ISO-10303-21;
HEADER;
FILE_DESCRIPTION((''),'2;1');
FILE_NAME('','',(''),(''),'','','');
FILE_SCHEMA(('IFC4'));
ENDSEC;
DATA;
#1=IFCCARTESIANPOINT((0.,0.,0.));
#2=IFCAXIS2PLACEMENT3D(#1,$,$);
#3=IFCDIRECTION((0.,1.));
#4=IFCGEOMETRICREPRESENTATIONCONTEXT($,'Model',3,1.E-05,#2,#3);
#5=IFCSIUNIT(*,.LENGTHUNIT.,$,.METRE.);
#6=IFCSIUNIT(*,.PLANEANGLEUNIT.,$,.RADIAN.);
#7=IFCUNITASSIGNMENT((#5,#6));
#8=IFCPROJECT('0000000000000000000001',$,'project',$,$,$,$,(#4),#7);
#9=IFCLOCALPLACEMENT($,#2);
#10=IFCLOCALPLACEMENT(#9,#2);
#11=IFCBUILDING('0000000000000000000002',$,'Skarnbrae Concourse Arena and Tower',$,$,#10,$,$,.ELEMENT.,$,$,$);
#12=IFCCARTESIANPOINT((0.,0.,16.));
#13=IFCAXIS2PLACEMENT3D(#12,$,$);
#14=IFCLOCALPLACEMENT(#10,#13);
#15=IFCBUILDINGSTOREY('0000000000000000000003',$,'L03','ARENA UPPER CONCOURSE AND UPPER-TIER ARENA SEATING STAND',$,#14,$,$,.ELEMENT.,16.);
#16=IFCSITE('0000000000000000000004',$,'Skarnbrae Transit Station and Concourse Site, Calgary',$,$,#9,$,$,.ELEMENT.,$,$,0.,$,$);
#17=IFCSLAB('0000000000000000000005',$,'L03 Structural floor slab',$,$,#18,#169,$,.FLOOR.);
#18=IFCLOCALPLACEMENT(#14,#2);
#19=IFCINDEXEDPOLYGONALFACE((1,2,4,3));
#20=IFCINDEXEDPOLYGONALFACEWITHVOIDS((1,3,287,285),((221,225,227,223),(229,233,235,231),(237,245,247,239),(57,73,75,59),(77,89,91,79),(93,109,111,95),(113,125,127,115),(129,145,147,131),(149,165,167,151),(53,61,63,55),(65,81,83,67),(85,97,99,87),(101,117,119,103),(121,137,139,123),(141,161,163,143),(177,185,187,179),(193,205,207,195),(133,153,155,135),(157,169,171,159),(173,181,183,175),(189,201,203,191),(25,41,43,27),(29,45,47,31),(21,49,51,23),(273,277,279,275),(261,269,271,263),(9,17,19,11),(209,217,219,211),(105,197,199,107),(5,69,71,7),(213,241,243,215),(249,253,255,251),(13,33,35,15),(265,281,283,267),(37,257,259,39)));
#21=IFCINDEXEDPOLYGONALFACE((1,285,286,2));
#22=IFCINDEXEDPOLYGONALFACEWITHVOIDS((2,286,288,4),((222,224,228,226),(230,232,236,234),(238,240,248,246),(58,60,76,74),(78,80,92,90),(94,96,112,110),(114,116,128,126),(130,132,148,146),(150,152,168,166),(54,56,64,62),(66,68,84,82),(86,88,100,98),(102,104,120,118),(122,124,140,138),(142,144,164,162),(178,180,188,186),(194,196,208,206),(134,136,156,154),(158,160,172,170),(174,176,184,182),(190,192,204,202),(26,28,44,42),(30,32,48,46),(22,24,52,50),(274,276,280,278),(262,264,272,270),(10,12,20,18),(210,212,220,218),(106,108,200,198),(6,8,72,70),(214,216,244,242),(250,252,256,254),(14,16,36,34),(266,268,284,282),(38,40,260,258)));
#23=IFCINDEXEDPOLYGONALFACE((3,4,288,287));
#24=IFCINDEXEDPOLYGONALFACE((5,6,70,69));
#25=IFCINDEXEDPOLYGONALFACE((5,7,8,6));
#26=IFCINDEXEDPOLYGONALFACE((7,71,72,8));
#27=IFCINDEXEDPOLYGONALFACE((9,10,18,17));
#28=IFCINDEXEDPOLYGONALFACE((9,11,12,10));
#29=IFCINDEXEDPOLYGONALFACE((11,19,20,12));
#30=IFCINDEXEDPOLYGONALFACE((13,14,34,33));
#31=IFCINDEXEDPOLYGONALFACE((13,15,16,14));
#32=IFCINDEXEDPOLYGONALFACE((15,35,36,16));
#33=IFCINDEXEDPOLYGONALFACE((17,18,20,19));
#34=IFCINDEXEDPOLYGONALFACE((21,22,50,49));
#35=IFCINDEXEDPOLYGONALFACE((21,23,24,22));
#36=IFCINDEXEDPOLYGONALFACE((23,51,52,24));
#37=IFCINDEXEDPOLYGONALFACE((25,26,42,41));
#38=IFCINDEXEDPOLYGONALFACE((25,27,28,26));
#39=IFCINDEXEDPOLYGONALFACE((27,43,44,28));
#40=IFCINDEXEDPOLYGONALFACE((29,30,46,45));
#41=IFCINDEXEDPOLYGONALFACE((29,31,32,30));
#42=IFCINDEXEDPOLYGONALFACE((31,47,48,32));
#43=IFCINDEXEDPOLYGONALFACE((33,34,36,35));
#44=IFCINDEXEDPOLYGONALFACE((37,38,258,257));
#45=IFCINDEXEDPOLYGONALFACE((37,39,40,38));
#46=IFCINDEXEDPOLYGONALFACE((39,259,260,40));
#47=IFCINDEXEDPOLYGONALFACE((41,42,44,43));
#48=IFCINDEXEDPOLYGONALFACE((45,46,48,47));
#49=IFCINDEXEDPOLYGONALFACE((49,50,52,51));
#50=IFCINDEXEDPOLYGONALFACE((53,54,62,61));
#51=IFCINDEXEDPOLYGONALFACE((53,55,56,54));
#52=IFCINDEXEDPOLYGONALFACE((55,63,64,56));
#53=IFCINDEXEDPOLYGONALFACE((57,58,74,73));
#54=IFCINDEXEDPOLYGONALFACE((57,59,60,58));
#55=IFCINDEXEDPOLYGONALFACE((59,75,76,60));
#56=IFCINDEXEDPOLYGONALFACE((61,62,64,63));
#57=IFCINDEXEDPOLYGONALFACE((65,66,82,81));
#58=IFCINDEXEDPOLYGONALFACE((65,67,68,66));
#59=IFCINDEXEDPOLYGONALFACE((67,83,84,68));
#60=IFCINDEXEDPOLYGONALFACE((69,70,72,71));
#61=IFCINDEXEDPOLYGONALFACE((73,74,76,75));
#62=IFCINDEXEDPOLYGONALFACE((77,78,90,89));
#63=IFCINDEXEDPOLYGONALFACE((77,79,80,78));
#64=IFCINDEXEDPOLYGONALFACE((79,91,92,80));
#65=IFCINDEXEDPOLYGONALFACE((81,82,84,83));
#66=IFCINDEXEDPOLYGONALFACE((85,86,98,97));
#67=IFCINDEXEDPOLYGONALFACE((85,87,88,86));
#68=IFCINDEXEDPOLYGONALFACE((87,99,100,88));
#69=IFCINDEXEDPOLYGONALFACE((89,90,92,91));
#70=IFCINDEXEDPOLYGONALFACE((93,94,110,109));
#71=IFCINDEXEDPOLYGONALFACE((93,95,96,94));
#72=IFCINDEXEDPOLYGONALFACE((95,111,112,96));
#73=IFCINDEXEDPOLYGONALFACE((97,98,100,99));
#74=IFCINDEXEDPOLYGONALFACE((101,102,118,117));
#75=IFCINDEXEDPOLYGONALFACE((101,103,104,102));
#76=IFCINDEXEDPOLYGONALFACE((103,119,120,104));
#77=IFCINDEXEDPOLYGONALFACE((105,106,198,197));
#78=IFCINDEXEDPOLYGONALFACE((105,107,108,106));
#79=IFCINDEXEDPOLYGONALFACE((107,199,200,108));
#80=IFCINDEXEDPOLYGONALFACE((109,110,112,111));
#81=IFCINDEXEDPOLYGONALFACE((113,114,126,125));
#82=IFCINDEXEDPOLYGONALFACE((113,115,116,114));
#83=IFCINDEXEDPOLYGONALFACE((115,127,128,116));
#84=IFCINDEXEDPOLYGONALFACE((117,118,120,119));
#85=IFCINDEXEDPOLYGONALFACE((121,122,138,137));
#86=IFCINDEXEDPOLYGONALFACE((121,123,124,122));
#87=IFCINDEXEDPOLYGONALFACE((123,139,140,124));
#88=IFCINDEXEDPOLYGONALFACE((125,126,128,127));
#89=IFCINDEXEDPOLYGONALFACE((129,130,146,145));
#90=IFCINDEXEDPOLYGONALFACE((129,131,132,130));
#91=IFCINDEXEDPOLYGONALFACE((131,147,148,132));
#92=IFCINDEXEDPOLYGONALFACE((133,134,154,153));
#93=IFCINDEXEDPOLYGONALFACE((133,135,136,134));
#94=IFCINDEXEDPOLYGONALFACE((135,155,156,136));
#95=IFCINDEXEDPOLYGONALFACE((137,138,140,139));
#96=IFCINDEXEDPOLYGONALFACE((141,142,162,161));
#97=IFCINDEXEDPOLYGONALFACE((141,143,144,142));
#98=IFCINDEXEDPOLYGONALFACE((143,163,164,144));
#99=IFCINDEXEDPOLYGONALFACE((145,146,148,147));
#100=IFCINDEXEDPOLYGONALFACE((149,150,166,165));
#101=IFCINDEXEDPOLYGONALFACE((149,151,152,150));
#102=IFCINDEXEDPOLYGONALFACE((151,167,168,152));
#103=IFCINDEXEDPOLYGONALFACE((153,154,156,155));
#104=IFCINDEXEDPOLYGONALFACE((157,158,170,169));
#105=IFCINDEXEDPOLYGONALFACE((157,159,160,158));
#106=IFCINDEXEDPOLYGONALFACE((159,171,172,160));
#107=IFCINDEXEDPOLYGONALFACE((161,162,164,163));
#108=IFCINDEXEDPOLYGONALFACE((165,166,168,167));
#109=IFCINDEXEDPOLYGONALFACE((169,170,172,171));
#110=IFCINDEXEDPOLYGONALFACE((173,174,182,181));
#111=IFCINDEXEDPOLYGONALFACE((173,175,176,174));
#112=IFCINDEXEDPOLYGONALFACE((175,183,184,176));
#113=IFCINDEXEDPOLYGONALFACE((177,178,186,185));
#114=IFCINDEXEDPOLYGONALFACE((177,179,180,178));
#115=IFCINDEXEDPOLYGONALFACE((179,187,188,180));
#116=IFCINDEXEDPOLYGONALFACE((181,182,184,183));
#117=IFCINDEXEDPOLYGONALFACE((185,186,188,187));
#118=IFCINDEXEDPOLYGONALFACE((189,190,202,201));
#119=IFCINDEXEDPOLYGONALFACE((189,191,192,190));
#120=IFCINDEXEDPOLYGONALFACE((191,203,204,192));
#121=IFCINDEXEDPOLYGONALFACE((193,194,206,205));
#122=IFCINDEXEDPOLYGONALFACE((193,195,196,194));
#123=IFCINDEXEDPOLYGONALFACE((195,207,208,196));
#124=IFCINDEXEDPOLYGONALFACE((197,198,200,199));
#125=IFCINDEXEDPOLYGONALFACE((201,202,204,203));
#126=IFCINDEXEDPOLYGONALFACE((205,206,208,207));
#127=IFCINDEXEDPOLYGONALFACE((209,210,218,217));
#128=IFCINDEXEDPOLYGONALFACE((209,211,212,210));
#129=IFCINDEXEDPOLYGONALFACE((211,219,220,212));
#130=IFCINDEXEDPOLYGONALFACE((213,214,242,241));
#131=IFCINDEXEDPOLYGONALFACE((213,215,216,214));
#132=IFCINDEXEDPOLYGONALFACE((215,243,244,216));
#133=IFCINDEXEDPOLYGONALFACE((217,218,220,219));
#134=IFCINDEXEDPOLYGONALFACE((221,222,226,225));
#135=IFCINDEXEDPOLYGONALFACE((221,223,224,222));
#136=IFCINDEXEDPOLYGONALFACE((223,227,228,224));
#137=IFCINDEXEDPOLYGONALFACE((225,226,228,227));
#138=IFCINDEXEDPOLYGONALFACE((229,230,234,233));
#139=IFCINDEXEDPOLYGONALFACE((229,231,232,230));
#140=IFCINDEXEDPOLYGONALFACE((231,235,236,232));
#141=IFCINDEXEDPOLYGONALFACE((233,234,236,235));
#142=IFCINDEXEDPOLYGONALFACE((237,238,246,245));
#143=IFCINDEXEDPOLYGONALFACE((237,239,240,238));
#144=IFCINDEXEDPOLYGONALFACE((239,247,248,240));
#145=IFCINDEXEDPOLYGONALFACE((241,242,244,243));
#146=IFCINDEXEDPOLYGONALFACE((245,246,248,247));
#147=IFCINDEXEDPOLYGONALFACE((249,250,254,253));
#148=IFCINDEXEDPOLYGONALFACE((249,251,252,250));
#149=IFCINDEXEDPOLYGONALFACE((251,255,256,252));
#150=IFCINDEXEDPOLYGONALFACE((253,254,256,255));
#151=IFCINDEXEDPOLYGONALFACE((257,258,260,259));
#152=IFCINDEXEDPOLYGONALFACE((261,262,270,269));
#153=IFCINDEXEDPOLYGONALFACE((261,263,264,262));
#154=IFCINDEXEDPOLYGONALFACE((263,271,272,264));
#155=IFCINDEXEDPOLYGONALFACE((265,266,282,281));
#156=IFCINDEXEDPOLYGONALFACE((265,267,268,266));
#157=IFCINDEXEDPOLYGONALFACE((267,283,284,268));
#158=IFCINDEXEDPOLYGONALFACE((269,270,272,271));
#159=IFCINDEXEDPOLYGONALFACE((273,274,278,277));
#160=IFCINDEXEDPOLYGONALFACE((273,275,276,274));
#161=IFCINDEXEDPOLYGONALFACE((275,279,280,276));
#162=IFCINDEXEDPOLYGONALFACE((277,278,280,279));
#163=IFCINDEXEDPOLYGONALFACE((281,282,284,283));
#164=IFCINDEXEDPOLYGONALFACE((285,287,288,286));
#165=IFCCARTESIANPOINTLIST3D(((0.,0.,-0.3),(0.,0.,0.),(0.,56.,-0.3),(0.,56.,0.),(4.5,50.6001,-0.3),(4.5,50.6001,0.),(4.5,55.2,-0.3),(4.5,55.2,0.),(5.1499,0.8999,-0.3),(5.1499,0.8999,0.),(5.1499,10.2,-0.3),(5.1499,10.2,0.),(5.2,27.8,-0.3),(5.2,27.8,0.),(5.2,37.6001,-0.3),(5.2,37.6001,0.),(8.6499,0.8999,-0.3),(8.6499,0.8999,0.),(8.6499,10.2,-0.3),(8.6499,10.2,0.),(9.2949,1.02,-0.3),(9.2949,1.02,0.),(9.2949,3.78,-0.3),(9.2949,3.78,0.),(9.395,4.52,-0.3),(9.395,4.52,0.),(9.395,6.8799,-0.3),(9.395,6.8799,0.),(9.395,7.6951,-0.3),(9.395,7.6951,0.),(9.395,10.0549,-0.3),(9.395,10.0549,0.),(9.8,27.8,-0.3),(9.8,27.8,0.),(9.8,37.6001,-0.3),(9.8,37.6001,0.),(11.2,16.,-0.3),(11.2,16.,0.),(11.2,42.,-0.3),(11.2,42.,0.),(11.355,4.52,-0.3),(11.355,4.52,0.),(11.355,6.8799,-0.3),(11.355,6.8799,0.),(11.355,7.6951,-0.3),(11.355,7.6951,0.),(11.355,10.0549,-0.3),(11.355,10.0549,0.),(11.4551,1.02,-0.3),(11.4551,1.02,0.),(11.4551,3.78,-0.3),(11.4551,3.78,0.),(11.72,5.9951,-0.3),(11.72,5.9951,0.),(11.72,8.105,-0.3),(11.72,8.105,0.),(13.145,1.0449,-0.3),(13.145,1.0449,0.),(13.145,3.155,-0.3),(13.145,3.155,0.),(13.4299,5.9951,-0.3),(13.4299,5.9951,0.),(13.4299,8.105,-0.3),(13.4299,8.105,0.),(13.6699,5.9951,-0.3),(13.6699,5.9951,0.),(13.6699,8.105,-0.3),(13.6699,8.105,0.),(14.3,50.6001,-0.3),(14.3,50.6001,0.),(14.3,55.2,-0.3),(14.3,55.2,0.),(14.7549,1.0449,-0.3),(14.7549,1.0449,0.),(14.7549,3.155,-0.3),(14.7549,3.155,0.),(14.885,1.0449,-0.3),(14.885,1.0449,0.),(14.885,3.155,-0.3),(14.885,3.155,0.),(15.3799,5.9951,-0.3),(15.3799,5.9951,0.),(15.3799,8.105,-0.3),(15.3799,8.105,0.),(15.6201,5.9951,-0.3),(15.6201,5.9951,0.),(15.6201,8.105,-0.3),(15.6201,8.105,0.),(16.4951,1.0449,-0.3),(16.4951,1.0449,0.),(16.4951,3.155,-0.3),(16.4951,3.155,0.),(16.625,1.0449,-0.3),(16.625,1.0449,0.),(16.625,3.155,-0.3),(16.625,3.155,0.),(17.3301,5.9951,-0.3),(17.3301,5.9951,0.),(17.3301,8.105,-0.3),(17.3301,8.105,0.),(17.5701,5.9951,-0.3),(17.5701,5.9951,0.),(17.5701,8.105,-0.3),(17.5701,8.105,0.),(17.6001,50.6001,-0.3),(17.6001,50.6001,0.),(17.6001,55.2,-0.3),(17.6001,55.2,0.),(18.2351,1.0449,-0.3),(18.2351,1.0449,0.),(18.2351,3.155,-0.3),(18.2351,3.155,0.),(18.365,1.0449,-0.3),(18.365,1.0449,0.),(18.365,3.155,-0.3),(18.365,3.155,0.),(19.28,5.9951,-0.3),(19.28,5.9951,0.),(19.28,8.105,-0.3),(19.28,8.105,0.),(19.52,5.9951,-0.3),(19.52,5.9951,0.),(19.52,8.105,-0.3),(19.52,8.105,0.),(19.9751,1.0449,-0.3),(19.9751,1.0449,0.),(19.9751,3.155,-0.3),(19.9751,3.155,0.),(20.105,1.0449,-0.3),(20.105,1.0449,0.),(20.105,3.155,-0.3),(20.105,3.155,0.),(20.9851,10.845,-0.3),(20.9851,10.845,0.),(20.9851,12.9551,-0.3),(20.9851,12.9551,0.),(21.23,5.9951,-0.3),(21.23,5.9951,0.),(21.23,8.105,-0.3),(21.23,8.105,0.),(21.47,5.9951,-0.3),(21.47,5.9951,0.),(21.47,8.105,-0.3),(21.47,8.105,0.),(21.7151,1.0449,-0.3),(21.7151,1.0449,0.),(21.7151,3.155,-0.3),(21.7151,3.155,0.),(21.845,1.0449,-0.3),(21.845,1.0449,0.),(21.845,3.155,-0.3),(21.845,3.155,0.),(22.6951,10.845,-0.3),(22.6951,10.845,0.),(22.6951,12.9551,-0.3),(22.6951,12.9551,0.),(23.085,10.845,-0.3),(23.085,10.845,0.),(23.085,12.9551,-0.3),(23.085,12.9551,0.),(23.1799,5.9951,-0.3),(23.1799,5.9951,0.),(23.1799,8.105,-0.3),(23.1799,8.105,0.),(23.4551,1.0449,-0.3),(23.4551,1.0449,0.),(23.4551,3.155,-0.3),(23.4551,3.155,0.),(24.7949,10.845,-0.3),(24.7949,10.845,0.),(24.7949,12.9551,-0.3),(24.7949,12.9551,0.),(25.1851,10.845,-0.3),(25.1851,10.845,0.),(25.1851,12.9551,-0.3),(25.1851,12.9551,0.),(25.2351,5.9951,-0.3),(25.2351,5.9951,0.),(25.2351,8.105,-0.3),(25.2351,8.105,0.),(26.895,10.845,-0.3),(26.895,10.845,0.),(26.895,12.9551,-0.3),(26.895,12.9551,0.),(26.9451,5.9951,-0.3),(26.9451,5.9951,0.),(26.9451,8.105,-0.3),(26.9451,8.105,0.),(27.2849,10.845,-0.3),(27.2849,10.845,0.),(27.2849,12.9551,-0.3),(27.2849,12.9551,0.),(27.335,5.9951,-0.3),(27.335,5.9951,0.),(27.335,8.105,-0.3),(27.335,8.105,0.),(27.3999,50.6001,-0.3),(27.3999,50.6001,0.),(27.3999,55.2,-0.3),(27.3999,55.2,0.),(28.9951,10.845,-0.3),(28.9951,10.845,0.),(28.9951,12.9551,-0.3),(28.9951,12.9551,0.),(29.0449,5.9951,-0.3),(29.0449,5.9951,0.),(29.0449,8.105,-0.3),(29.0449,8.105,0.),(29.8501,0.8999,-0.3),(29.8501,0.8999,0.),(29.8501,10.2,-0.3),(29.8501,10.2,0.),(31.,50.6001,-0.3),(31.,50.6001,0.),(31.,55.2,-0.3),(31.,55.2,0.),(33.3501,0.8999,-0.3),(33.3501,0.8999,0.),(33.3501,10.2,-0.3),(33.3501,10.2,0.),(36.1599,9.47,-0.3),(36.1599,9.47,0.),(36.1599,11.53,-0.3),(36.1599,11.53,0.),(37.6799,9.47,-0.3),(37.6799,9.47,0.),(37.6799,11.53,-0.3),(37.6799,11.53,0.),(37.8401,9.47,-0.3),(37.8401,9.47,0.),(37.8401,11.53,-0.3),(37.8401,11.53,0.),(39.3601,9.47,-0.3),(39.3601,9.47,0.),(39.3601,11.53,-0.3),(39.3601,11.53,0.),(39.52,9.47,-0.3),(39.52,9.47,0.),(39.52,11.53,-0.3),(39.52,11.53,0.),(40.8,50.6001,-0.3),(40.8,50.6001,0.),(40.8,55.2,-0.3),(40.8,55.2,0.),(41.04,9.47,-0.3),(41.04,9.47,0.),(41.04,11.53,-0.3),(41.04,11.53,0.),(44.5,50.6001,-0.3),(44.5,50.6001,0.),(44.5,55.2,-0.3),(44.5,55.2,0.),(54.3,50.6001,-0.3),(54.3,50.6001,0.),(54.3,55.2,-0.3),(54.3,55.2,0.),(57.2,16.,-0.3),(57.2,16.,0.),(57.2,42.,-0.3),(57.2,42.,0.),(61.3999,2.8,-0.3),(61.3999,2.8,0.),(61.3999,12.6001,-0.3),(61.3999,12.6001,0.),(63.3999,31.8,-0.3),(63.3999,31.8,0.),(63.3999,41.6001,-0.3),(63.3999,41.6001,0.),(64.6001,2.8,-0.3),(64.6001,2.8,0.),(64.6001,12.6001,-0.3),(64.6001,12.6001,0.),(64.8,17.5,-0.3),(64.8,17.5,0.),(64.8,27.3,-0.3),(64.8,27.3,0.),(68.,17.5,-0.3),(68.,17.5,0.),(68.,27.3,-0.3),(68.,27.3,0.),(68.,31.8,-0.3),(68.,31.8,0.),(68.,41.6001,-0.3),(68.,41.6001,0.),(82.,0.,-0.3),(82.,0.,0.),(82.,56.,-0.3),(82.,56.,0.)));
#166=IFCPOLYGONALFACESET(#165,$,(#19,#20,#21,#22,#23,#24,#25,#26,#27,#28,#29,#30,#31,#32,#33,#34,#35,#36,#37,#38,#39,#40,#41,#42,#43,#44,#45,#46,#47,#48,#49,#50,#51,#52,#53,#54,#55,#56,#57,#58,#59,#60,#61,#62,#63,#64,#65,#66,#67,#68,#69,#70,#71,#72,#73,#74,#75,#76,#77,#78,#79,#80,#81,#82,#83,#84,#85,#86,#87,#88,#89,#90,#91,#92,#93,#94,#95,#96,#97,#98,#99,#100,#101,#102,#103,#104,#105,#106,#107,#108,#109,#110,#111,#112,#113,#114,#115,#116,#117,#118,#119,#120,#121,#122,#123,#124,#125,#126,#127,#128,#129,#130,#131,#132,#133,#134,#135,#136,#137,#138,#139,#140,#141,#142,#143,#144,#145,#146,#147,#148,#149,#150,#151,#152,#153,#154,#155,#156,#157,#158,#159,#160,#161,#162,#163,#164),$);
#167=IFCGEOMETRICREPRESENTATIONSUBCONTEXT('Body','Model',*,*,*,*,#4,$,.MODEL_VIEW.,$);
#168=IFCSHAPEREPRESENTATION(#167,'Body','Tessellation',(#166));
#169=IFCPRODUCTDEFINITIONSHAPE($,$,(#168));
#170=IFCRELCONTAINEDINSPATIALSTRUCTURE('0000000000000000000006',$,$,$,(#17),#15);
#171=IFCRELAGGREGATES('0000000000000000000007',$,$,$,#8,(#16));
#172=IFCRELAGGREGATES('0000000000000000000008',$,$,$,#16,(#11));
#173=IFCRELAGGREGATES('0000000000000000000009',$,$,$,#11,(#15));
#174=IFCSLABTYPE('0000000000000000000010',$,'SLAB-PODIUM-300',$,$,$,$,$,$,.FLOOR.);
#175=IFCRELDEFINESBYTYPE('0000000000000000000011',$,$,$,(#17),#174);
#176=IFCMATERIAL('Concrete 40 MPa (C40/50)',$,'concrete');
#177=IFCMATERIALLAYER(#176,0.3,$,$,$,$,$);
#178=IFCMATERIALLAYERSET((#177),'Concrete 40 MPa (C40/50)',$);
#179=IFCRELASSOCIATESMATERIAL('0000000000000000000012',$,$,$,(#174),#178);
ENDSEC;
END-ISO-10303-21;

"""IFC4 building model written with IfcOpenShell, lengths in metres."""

from ifc_helpers import new_model, si_unit, direction, frame, origin, place, context, subcontext, project, spatial, polyline, outline, extrude, material, layer, layer_set, type_object, element, save


model = new_model("IFC4")

# Units and contexts
model_context = context("Model", 3, precision=1e-05, world=origin(), true_north=direction((0.0, 1.0)))
body_context = subcontext(model_context, "Body", "Model", "MODEL_VIEW")
ifc_project = project(units=[si_unit("LENGTHUNIT", "METRE"), si_unit("PLANEANGLEUNIT", "RADIAN")], contexts=[model_context])

# Site, building, storey
site_placement = place(None, origin())
site = spatial("IfcSite", under=ifc_project, at=site_placement, Name="Skarnbrae Transit Station and Concourse Site, Calgary", CompositionType="ELEMENT", RefElevation=0.0)
building_placement = place(site_placement, origin())
building = spatial("IfcBuilding", under=site, at=building_placement, Name="Skarnbrae Concourse Arena and Tower", CompositionType="ELEMENT")
storey_placement = place(building_placement, frame((0.0, 0.0, 16.0)))
storey = spatial("IfcBuildingStorey", under=building, at=storey_placement, Name="L03", Description="ARENA UPPER CONCOURSE AND UPPER-TIER ARENA SEATING STAND", CompositionType="ELEMENT", Elevation=16.0)

# Shared definitions
ifc_material_1 = material(Name="Concrete 40 MPa (C40/50)", Category="concrete")

# Slab
ifc_layer_1 = layer(ifc_material_1, 0.3)
ifc_layer_set_1 = layer_set([ifc_layer_1], Name="Concrete 40 MPa (C40/50)")
slab_type_1 = type_object("IfcSlabType", Name="SLAB-PODIUM-300", PredefinedType="FLOOR", material=ifc_layer_set_1)
slab_1_placement = place(storey_placement, frame((0.0, 0.0, -0.3)))
element("IfcSlab", 1, at=slab_1_placement, inside=storey, type_object=slab_type_1, Name="L03 Structural floor slab", PredefinedType="FLOOR", context=body_context, shape_type="SweptSolid", body=[
    extrude(outline(polyline([(0.0, 0.0), (82.0, 0.0), (82.0, 56.0), (0.0, 56.0), (0.0, 0.0)]), holes=[polyline([(21.7151, 3.155), (21.7151, 1.0449), (20.105, 1.0449), (20.105, 3.155), (21.7151, 3.155)]), polyline([(19.9751, 3.155), (19.9751, 1.0449), (18.365, 1.0449), (18.365, 3.155), (19.9751, 3.155)]), polyline([(14.7549, 3.155), (14.7549, 1.0449), (13.145, 1.0449), (13.145, 3.155), (14.7549, 3.155)]), polyline([(16.4951, 3.155), (16.4951, 1.0449), (14.885, 1.0449), (14.885, 3.155), (16.4951, 3.155)]), polyline([(18.2351, 3.155), (18.2351, 1.0449), (16.625, 1.0449), (16.625, 3.155), (18.2351, 3.155)]), polyline([(11.4551, 3.78), (11.4551, 1.02), (9.2949, 1.02), (9.2949, 3.78), (11.4551, 3.78)]), polyline([(8.6499, 0.8999), (5.1499, 0.8999), (5.1499, 10.2), (8.6499, 10.2), (8.6499, 0.8999)]), polyline([(11.355, 6.8799), (11.355, 4.52), (9.395, 4.52), (9.395, 6.8799), (11.355, 6.8799)]), polyline([(23.1799, 8.105), (23.1799, 5.9951), (21.47, 5.9951), (21.47, 8.105), (23.1799, 8.105)]), polyline([(21.23, 8.105), (21.23, 5.9951), (19.52, 5.9951), (19.52, 8.105), (21.23, 8.105)]), polyline([(19.28, 8.105), (19.28, 5.9951), (17.5701, 5.9951), (17.5701, 8.105), (19.28, 8.105)]), polyline([(17.3301, 8.105), (17.3301, 5.9951), (15.6201, 5.9951), (15.6201, 8.105), (17.3301, 8.105)]), polyline([(15.3799, 8.105), (15.3799, 5.9951), (13.6699, 5.9951), (13.6699, 8.105), (15.3799, 8.105)]), polyline([(13.4299, 8.105), (13.4299, 5.9951), (11.72, 5.9951), (11.72, 8.105), (13.4299, 8.105)]), polyline([(11.355, 10.0549), (11.355, 7.6951), (9.395, 7.6951), (9.395, 10.0549), (11.355, 10.0549)]), polyline([(22.6951, 10.845), (20.9851, 10.845), (20.9851, 12.9551), (22.6951, 12.9551), (22.6951, 10.845)]), polyline([(9.8, 37.6001), (9.8, 27.8), (5.2, 27.8), (5.2, 37.6001), (9.8, 37.6001)]), polyline([(14.3, 55.2), (14.3, 50.6001), (4.5, 50.6001), (4.5, 55.2), (14.3, 55.2)]), polyline([(23.4551, 3.155), (23.4551, 1.0449), (21.845, 1.0449), (21.845, 3.155), (23.4551, 3.155)]), polyline([(33.3501, 0.8999), (29.8501, 0.8999), (29.8501, 10.2), (33.3501, 10.2), (33.3501, 0.8999)]), polyline([(26.9451, 8.105), (26.9451, 5.9951), (25.2351, 5.9951), (25.2351, 8.105), (26.9451, 8.105)]), polyline([(29.0449, 8.105), (29.0449, 5.9951), (27.335, 5.9951), (27.335, 8.105), (29.0449, 8.105)]), polyline([(61.3999, 12.6001), (64.6001, 12.6001), (64.6001, 2.8), (61.3999, 2.8), (61.3999, 12.6001)]), polyline([(41.04, 11.53), (41.04, 9.47), (39.52, 9.47), (39.52, 11.53), (41.04, 11.53)]), polyline([(37.6799, 9.47), (36.1599, 9.47), (36.1599, 11.53), (37.6799, 11.53), (37.6799, 9.47)]), polyline([(39.3601, 9.47), (37.8401, 9.47), (37.8401, 11.53), (39.3601, 11.53), (39.3601, 9.47)]), polyline([(24.7949, 12.9551), (24.7949, 10.845), (23.085, 10.845), (23.085, 12.9551), (24.7949, 12.9551)]), polyline([(26.895, 12.9551), (26.895, 10.845), (25.1851, 10.845), (25.1851, 12.9551), (26.895, 12.9551)]), polyline([(28.9951, 12.9551), (28.9951, 10.845), (27.2849, 10.845), (27.2849, 12.9551), (28.9951, 12.9551)]), polyline([(64.8, 27.3), (68.0, 27.3), (68.0, 17.5), (64.8, 17.5), (64.8, 27.3)]), polyline([(57.2, 42.0), (57.2, 16.0), (11.2, 16.0), (11.2, 42.0), (57.2, 42.0)]), polyline([(63.3999, 41.6001), (68.0, 41.6001), (68.0, 31.8), (63.3999, 31.8), (63.3999, 41.6001)]), polyline([(40.8, 55.2), (40.8, 50.6001), (31.0, 50.6001), (31.0, 55.2), (40.8, 55.2)]), polyline([(54.3, 50.6001), (44.5, 50.6001), (44.5, 55.2), (54.3, 55.2), (54.3, 50.6001)]), polyline([(27.3999, 50.6001), (17.6001, 50.6001), (17.6001, 55.2), (27.3999, 55.2), (27.3999, 50.6001)])]), origin(), (0.0, 0.0, 1.0), 0.3),
])

save(model, "model.ifc")
